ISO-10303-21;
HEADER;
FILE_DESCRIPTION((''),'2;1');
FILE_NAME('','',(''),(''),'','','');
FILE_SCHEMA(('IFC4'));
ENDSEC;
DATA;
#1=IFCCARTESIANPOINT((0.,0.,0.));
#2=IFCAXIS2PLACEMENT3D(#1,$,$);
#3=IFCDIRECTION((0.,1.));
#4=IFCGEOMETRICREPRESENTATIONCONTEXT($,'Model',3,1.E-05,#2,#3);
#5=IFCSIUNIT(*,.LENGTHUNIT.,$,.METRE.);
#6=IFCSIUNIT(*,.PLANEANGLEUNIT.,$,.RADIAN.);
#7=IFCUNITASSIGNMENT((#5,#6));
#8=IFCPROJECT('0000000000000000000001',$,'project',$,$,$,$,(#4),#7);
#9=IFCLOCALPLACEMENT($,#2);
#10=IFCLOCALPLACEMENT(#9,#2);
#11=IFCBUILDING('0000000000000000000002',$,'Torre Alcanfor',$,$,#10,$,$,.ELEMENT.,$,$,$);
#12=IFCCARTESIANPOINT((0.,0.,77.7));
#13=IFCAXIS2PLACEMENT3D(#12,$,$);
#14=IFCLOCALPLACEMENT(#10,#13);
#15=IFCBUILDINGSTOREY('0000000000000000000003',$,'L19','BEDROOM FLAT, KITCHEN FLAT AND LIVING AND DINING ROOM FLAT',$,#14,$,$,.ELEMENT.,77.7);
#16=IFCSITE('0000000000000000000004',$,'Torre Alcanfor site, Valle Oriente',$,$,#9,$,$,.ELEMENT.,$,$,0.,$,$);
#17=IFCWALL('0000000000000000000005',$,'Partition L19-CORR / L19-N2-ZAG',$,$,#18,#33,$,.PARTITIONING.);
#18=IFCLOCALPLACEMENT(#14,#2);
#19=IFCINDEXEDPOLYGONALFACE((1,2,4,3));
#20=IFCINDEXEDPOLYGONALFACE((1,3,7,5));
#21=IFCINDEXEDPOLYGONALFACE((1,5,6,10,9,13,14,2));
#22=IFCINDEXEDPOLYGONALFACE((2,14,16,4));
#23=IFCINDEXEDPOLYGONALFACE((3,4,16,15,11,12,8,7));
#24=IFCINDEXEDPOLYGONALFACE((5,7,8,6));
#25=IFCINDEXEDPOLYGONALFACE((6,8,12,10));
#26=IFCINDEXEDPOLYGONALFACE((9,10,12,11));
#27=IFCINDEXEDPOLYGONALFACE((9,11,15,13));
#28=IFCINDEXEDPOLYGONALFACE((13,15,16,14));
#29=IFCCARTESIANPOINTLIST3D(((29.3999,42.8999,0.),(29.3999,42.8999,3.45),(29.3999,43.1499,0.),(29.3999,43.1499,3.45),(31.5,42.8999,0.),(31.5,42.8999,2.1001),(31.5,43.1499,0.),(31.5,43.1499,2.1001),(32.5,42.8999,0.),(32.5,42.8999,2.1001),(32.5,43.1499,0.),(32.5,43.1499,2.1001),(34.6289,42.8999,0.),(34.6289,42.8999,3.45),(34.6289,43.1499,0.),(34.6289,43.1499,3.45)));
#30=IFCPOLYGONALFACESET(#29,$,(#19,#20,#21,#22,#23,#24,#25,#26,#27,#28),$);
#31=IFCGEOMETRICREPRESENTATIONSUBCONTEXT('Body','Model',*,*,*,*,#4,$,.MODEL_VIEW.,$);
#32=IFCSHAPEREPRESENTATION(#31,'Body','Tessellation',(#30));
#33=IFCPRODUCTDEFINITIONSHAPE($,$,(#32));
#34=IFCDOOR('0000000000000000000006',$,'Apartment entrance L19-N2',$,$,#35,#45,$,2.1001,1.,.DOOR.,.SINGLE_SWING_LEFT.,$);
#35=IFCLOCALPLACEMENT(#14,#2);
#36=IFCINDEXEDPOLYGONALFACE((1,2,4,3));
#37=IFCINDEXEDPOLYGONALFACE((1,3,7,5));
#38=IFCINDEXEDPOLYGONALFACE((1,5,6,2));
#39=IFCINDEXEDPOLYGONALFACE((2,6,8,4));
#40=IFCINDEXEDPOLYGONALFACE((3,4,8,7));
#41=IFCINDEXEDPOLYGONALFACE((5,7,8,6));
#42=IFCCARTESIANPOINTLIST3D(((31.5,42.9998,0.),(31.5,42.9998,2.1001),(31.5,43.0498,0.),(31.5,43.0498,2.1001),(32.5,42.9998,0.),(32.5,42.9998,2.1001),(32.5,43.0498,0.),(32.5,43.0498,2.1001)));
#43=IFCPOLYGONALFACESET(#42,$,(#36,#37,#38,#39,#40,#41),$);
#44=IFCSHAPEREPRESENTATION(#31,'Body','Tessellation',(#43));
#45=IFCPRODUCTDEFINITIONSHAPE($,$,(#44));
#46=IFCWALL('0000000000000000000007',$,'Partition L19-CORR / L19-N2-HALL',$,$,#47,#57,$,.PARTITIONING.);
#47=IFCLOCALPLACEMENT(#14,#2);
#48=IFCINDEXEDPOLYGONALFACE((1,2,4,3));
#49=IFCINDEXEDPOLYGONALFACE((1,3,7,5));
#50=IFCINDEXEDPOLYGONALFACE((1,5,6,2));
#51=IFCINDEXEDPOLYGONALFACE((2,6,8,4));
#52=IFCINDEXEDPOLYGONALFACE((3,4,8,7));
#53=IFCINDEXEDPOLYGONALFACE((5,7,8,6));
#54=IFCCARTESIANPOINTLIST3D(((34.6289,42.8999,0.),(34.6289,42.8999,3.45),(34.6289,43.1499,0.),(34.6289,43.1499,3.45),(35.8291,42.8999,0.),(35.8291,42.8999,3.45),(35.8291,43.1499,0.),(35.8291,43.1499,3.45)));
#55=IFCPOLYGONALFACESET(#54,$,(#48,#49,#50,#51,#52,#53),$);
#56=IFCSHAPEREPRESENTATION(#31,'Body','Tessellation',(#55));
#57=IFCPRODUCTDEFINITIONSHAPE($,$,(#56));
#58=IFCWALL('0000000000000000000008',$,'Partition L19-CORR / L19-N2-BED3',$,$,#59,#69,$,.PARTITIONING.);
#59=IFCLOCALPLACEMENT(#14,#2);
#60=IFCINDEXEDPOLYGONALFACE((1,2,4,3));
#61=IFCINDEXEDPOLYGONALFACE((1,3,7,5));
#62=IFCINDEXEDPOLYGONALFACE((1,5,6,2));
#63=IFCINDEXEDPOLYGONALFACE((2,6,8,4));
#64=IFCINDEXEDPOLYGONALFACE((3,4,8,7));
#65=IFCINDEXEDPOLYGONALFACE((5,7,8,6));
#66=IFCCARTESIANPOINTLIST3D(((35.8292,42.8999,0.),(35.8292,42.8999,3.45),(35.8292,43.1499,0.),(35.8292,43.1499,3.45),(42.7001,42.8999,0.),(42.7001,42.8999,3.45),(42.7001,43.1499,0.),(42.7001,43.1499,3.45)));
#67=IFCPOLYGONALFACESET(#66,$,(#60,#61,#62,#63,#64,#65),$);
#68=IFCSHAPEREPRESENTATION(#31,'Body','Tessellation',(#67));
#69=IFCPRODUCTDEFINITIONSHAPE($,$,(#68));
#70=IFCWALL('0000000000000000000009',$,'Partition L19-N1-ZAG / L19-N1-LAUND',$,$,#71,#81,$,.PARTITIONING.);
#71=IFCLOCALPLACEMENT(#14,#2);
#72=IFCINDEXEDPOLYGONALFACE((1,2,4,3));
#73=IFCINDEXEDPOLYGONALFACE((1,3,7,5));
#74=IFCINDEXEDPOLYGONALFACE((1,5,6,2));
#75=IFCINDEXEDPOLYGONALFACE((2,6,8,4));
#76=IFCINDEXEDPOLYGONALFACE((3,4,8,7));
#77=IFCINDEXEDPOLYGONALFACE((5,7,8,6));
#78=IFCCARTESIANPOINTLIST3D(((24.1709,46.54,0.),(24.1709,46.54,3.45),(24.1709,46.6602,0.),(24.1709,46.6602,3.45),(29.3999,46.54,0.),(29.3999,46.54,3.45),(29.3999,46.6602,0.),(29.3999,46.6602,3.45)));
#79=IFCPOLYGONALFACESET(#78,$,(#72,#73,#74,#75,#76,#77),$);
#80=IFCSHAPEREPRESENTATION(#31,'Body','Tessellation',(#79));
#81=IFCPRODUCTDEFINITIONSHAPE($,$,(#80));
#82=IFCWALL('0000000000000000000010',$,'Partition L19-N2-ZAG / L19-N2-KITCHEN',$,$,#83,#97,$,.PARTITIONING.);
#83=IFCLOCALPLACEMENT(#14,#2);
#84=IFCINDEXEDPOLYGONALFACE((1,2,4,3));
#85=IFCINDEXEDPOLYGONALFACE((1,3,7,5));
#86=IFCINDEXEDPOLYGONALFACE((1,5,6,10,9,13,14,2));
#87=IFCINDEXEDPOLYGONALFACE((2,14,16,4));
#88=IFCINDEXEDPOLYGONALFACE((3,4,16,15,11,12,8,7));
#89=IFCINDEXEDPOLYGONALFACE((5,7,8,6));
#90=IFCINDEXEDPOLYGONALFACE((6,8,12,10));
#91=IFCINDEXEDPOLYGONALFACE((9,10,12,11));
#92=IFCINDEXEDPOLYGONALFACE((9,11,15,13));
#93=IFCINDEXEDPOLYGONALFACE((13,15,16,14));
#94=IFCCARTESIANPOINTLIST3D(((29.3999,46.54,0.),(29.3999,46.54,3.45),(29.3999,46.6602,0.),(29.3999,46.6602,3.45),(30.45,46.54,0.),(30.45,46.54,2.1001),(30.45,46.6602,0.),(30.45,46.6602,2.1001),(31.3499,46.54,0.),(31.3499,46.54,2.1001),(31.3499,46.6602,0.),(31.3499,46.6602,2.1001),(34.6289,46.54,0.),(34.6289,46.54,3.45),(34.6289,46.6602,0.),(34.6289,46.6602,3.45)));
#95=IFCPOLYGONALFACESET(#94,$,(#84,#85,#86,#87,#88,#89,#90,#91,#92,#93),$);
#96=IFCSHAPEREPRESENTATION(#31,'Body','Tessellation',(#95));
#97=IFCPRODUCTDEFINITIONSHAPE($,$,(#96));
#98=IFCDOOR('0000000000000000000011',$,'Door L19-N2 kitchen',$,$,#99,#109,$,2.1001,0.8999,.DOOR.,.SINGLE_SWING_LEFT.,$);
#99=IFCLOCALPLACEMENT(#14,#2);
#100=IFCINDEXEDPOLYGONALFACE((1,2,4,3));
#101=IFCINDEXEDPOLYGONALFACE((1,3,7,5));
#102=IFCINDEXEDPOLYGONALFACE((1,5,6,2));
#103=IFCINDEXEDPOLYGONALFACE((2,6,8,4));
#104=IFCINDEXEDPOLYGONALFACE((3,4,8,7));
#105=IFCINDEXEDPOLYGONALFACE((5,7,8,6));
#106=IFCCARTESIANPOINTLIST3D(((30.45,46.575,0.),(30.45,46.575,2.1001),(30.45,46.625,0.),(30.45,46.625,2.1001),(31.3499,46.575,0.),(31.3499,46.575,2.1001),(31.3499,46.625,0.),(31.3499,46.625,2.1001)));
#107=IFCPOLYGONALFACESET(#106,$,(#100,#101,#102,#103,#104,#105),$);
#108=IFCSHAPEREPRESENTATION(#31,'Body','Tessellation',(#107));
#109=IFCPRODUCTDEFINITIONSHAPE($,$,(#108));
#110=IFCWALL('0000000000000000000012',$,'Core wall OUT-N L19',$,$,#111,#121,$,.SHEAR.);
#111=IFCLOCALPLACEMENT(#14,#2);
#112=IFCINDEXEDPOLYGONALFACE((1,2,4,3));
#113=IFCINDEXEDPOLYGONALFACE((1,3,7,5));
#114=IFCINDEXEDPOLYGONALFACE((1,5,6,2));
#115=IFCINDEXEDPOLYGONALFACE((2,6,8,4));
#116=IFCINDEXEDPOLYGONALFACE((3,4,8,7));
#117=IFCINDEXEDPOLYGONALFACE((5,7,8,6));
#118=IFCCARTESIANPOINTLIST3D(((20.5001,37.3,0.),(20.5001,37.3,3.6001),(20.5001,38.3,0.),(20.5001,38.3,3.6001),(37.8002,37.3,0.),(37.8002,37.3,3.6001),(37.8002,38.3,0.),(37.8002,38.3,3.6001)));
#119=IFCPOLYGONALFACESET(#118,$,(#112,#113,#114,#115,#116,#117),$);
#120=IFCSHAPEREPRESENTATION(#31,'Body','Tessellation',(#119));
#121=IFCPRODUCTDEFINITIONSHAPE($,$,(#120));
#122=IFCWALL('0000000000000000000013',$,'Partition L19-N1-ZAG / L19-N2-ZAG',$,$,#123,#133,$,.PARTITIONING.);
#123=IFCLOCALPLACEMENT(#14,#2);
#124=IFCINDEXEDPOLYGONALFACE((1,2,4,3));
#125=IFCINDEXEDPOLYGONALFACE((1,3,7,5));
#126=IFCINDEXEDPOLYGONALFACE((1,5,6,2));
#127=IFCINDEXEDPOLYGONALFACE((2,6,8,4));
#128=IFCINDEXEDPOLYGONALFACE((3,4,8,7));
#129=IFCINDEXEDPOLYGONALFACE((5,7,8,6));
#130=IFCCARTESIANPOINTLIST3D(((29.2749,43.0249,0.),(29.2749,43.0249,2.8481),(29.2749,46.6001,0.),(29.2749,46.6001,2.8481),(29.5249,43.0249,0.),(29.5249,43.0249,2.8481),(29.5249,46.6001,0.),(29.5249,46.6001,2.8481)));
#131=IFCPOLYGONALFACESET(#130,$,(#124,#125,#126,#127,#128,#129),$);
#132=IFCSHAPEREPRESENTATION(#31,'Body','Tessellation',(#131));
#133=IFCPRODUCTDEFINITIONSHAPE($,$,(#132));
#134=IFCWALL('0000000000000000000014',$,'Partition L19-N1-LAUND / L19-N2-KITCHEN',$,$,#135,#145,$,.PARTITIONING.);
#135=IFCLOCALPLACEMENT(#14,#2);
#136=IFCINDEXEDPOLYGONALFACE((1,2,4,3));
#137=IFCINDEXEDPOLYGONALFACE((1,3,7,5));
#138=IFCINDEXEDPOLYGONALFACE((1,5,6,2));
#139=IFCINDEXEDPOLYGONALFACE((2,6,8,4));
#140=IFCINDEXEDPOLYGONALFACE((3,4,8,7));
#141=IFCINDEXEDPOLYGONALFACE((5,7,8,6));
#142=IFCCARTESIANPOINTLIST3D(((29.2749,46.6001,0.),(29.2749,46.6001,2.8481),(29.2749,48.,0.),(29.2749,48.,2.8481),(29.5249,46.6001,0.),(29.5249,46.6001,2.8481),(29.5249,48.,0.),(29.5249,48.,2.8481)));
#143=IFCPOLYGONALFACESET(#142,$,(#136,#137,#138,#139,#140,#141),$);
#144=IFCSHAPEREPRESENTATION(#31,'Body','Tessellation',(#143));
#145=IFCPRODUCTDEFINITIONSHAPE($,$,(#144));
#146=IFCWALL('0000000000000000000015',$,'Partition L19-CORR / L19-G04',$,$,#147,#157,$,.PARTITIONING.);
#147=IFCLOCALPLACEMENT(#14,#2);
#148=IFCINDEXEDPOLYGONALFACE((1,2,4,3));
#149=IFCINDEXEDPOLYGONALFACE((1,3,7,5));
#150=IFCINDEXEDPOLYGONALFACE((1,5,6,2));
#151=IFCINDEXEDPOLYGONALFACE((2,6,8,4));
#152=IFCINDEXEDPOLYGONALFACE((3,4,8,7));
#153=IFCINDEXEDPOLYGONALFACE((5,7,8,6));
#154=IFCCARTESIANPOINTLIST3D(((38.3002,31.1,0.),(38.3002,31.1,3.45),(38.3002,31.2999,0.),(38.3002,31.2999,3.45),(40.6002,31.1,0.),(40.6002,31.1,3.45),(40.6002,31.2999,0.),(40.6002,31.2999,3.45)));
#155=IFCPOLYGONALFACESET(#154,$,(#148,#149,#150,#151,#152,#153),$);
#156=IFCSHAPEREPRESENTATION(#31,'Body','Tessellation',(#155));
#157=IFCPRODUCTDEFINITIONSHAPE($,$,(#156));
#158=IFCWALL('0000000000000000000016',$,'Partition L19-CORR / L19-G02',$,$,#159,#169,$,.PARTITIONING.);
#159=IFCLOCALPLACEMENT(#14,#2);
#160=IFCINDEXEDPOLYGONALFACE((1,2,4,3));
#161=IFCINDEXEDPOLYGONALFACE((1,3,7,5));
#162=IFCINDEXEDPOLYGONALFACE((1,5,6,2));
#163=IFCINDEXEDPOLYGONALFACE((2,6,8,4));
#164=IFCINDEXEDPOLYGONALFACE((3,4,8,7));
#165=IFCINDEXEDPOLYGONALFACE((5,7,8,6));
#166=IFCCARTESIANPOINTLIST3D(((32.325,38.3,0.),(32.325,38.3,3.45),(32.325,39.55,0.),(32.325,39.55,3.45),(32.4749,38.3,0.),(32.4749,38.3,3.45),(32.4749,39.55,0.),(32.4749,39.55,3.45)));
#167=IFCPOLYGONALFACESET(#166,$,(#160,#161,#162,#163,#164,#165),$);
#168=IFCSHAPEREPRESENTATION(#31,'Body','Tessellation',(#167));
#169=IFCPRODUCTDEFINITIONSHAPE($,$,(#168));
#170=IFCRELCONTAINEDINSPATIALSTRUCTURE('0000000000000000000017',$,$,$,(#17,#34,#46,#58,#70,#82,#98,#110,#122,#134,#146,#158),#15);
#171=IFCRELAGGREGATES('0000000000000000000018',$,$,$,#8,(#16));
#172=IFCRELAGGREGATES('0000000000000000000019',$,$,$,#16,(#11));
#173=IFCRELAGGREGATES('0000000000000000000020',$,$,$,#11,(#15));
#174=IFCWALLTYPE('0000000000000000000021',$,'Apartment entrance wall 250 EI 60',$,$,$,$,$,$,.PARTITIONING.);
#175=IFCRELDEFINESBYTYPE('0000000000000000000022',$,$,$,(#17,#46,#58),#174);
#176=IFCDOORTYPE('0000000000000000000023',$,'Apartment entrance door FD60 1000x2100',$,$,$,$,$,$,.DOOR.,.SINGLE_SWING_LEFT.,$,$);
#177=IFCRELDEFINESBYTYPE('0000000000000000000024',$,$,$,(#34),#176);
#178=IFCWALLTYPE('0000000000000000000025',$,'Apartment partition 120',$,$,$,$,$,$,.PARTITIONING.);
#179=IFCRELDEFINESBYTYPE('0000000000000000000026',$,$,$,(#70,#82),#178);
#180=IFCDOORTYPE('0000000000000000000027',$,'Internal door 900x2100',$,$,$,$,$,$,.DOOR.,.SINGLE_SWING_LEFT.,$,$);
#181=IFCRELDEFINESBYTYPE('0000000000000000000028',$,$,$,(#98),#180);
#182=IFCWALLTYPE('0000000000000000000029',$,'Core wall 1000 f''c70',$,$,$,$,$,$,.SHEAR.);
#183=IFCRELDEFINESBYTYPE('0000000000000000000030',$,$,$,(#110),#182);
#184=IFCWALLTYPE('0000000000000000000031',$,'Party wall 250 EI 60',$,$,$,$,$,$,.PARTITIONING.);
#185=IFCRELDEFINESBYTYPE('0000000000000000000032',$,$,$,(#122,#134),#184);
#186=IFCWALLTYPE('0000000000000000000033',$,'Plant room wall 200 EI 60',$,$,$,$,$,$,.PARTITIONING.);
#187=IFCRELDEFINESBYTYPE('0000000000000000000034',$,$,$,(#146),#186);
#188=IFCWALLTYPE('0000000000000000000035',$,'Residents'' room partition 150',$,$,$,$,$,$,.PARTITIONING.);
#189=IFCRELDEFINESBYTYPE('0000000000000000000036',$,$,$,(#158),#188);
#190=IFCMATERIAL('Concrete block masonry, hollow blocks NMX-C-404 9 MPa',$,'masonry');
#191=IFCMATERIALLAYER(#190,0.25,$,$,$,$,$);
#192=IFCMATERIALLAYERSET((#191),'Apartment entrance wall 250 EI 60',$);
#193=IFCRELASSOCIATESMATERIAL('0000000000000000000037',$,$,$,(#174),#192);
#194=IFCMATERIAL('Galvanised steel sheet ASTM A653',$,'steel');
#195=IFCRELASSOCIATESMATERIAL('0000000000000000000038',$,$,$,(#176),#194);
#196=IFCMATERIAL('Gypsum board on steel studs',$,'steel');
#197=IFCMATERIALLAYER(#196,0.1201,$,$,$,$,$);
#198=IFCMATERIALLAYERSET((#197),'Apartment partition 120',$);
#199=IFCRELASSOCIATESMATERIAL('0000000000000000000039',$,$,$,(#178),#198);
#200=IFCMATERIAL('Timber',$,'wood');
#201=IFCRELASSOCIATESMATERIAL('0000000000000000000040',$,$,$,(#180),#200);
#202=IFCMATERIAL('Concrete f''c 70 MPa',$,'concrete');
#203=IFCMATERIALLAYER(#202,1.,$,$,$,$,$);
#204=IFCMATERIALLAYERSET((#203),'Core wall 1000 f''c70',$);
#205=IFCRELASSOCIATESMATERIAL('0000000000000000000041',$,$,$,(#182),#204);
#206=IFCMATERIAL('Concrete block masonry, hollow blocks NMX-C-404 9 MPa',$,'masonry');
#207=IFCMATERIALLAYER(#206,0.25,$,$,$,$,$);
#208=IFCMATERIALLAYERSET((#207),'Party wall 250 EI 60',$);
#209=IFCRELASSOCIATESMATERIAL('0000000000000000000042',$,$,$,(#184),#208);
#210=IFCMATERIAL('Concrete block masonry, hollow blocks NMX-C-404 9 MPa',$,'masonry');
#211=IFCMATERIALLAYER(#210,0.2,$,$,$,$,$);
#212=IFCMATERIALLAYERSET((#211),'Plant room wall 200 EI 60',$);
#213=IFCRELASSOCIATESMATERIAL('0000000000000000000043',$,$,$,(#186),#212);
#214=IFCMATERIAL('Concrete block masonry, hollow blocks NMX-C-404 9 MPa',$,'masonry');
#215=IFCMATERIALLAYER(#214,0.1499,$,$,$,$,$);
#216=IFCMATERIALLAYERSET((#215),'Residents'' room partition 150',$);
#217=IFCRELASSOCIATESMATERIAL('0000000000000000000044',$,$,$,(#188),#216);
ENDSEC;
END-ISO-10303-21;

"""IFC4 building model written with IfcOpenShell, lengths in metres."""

from ifc_helpers import new_model, si_unit, direction, frame, frame_2d, origin, place, context, subcontext, project, spatial, rectangle, extrude, material, layer, layer_set, type_object, element, fill, save


model = new_model("IFC4")

# Units and contexts
model_context = context("Model", 3, precision=1e-05, world=origin(), true_north=direction((0.0, 1.0)))
body_context = subcontext(model_context, "Body", "Model", "MODEL_VIEW")
ifc_project = project(units=[si_unit("LENGTHUNIT", "METRE"), si_unit("PLANEANGLEUNIT", "RADIAN")], contexts=[model_context])

# Site, building, storey
site_placement = place(None, origin())
site = spatial("IfcSite", under=ifc_project, at=site_placement, Name="Torre Alcanfor site, Valle Oriente", CompositionType="ELEMENT", RefElevation=0.0)
building_placement = place(site_placement, origin())
building = spatial("IfcBuilding", under=site, at=building_placement, Name="Torre Alcanfor", CompositionType="ELEMENT")
storey_placement = place(building_placement, frame((0.0, 0.0, 77.7)))
storey = spatial("IfcBuildingStorey", under=building, at=storey_placement, Name="L19", Description="BEDROOM FLAT, KITCHEN FLAT AND LIVING AND DINING ROOM FLAT", CompositionType="ELEMENT", Elevation=77.7)

# Wall, opening, door
ifc_material_1 = material(Name="Concrete block masonry, hollow blocks NMX-C-404 9 MPa", Category="masonry")
ifc_layer_1 = layer(ifc_material_1, 0.25)
ifc_layer_set_1 = layer_set([ifc_layer_1], Name="Apartment entrance wall 250 EI 60")
wall_type_1 = type_object("IfcWallType", Name="Apartment entrance wall 250 EI 60", PredefinedType="PARTITIONING", material=ifc_layer_set_1)
wall_1_placement = place(storey_placement, frame((29.3999, 43.0249, 0.0), z_axis=(0.0, 0.0, 1.0), x_axis=(1.0, 0.0, 0.0)))
wall_1 = element("IfcWall", 1, at=wall_1_placement, inside=storey, type_object=wall_type_1, Name="Partition L19-CORR / L19-N2-ZAG", PredefinedType="PARTITIONING", context=body_context, shape_type="SweptSolid", body=[
    extrude(rectangle(XDim=5.229, YDim=0.25, at=frame_2d((2.6145, 0.0))), origin(), (0.0, 0.0, 1.0), 3.45),
])
opening_1_placement = place(wall_1_placement, frame((2.1001, 0.0, 0.0)))
opening_1 = element("IfcOpeningElement", 2, at=opening_1_placement, cuts=wall_1, PredefinedType="OPENING", context=body_context, shape_type="SweptSolid", body=[
    extrude(rectangle(XDim=1.0, YDim=2.1001, at=frame_2d((0.5, 1.05))), frame((0.0, 0.135, 0.0), z_axis=(0.0, -1.0, 0.0), x_axis=(1.0, 0.0, 0.0)), (0.0, 0.0, 1.0), 0.27),
])
ifc_material_2 = material(Name="Galvanised steel sheet ASTM A653", Category="steel")
door_type_1 = type_object("IfcDoorType", Name="Apartment entrance door FD60 1000x2100", OperationType="SINGLE_SWING_LEFT", PredefinedType="DOOR", material=ifc_material_2)
door_1_placement = place(opening_1_placement, origin())
door_1 = element("IfcDoor", 3, at=door_1_placement, inside=storey, type_object=door_type_1, Name="Apartment entrance L19-N2", OperationType="SINGLE_SWING_LEFT", OverallHeight=2.1001, OverallWidth=1.0, PredefinedType="DOOR", context=body_context, shape_type="SweptSolid", body=[
    extrude(rectangle(XDim=1.0, YDim=2.1001, at=frame_2d((0.5, 1.05))), frame((0.0, 0.0249, 0.0), z_axis=(0.0, -1.0, 0.0), x_axis=(1.0, 0.0, 0.0)), (0.0, 0.0, 1.0), 0.05),
])
fill(opening_1, door_1)

# Walls
wall_2_placement = place(storey_placement, frame((34.6289, 43.0249, 0.0), z_axis=(0.0, 0.0, 1.0), x_axis=(1.0, 0.0, 0.0)))
element("IfcWall", 4, at=wall_2_placement, inside=storey, type_object=wall_type_1, Name="Partition L19-CORR / L19-N2-HALL", PredefinedType="PARTITIONING", context=body_context, shape_type="SweptSolid", body=[
    extrude(rectangle(XDim=1.2002, YDim=0.25, at=frame_2d((0.6001, 0.0))), origin(), (0.0, 0.0, 1.0), 3.45),
])
wall_3_placement = place(storey_placement, frame((35.8291, 43.0249, 0.0), z_axis=(0.0, 0.0, 1.0), x_axis=(1.0, 0.0, 0.0)))
element("IfcWall", 5, at=wall_3_placement, inside=storey, type_object=wall_type_1, Name="Partition L19-CORR / L19-N2-BED3", PredefinedType="PARTITIONING", context=body_context, shape_type="SweptSolid", body=[
    extrude(rectangle(XDim=6.8708, YDim=0.25, at=frame_2d((3.4355, 0.0))), origin(), (0.0, 0.0, 1.0), 3.45),
])
ifc_material_3 = material(Name="Gypsum board on steel studs", Category="steel")
ifc_layer_2 = layer(ifc_material_3, 0.1201)
ifc_layer_set_2 = layer_set([ifc_layer_2], Name="Apartment partition 120")
wall_type_2 = type_object("IfcWallType", Name="Apartment partition 120", PredefinedType="PARTITIONING", material=ifc_layer_set_2)
wall_4_placement = place(storey_placement, frame((29.3999, 46.6001, 0.0), z_axis=(0.0, 0.0, 1.0), x_axis=(-1.0, 0.0, 0.0)))
element("IfcWall", 6, at=wall_4_placement, inside=storey, type_object=wall_type_2, Name="Partition L19-N1-ZAG / L19-N1-LAUND", PredefinedType="PARTITIONING", context=body_context, shape_type="SweptSolid", body=[
    extrude(rectangle(XDim=5.229, YDim=0.1201, at=frame_2d((2.6145, 0.0))), origin(), (0.0, 0.0, 1.0), 3.45),
])

# Wall, opening, door
wall_5_placement = place(storey_placement, frame((29.3999, 46.6001, 0.0), z_axis=(0.0, 0.0, 1.0), x_axis=(1.0, 0.0, 0.0)))
wall_5 = element("IfcWall", 7, at=wall_5_placement, inside=storey, type_object=wall_type_2, Name="Partition L19-N2-ZAG / L19-N2-KITCHEN", PredefinedType="PARTITIONING", context=body_context, shape_type="SweptSolid", body=[
    extrude(rectangle(XDim=5.229, YDim=0.1201, at=frame_2d((2.6145, 0.0))), origin(), (0.0, 0.0, 1.0), 3.45),
])
opening_2_placement = place(wall_5_placement, frame((1.05, 0.0, 0.0)))
opening_2 = element("IfcOpeningElement", 8, at=opening_2_placement, cuts=wall_5, PredefinedType="OPENING", context=body_context, shape_type="SweptSolid", body=[
    extrude(rectangle(XDim=0.8999, YDim=2.1001, at=frame_2d((0.45, 1.05))), frame((0.0, 0.0701, 0.0), z_axis=(0.0, -1.0, 0.0), x_axis=(1.0, 0.0, 0.0)), (0.0, 0.0, 1.0), 0.1401),
])
ifc_material_4 = material(Name="Timber", Category="wood")
door_type_2 = type_object("IfcDoorType", Name="Internal door 900x2100", OperationType="SINGLE_SWING_LEFT", PredefinedType="DOOR", material=ifc_material_4)
door_2_placement = place(opening_2_placement, origin())
door_2 = element("IfcDoor", 9, at=door_2_placement, inside=storey, type_object=door_type_2, Name="Door L19-N2 kitchen", OperationType="SINGLE_SWING_LEFT", OverallHeight=2.1001, OverallWidth=0.8999, PredefinedType="DOOR", context=body_context, shape_type="SweptSolid", body=[
    extrude(rectangle(XDim=0.8999, YDim=2.1001, at=frame_2d((0.45, 1.05))), frame((0.0, 0.0249, 0.0), z_axis=(0.0, -1.0, 0.0), x_axis=(1.0, 0.0, 0.0)), (0.0, 0.0, 1.0), 0.05),
])
fill(opening_2, door_2)

# Walls
ifc_material_5 = material(Name="Concrete f'c 70 MPa", Category="concrete")
ifc_layer_3 = layer(ifc_material_5, 1.0)
ifc_layer_set_3 = layer_set([ifc_layer_3], Name="Core wall 1000 f'c70")
wall_type_3 = type_object("IfcWallType", Name="Core wall 1000 f'c70", PredefinedType="SHEAR", material=ifc_layer_set_3)
wall_6_placement = place(storey_placement, frame((37.8, 37.8, 0.0), z_axis=(0.0, 0.0, 1.0), x_axis=(-1.0, 0.0, 0.0)))
element("IfcWall", 10, at=wall_6_placement, inside=storey, type_object=wall_type_3, Name="Core wall OUT-N L19", PredefinedType="SHEAR", context=body_context, shape_type="SweptSolid", body=[
    extrude(rectangle(XDim=17.3, YDim=1.0, at=frame_2d((8.6499, 0.0))), origin(), (0.0, 0.0, 1.0), 3.6001),
])
ifc_material_6 = material(Name="Concrete block masonry, hollow blocks NMX-C-404 9 MPa", Category="masonry")
ifc_layer_4 = layer(ifc_material_6, 0.25)
ifc_layer_set_4 = layer_set([ifc_layer_4], Name="Party wall 250 EI 60")
wall_type_4 = type_object("IfcWallType", Name="Party wall 250 EI 60", PredefinedType="PARTITIONING", material=ifc_layer_set_4)
wall_7_placement = place(storey_placement, frame((29.3999, 43.0249, 0.0), z_axis=(0.0, 0.0, 1.0), x_axis=(0.0, 1.0, 0.0)))
element("IfcWall", 11, at=wall_7_placement, inside=storey, type_object=wall_type_4, Name="Partition L19-N1-ZAG / L19-N2-ZAG", PredefinedType="PARTITIONING", context=body_context, shape_type="SweptSolid", body=[
    extrude(rectangle(XDim=3.5752, YDim=0.25, at=frame_2d((1.7876, 0.0))), origin(), (0.0, 0.0, 1.0), 2.8481),
])
wall_8_placement = place(storey_placement, frame((29.3999, 46.6001, 0.0), z_axis=(0.0, 0.0, 1.0), x_axis=(0.0, 1.0, 0.0)))
element("IfcWall", 12, at=wall_8_placement, inside=storey, type_object=wall_type_4, Name="Partition L19-N1-LAUND / L19-N2-KITCHEN", PredefinedType="PARTITIONING", context=body_context, shape_type="SweptSolid", body=[
    extrude(rectangle(XDim=1.3999, YDim=0.25, at=frame_2d((0.7, 0.0))), origin(), (0.0, 0.0, 1.0), 2.8481),
])
ifc_material_7 = material(Name="Concrete block masonry, hollow blocks NMX-C-404 9 MPa", Category="masonry")
ifc_layer_5 = layer(ifc_material_7, 0.2)
ifc_layer_set_5 = layer_set([ifc_layer_5], Name="Plant room wall 200 EI 60")
wall_type_5 = type_object("IfcWallType", Name="Plant room wall 200 EI 60", PredefinedType="PARTITIONING", material=ifc_layer_set_5)
wall_9_placement = place(storey_placement, frame((40.6001, 31.2, 0.0), z_axis=(0.0, 0.0, 1.0), x_axis=(-1.0, 0.0, 0.0)))
element("IfcWall", 13, at=wall_9_placement, inside=storey, type_object=wall_type_5, Name="Partition L19-CORR / L19-G04", PredefinedType="PARTITIONING", context=body_context, shape_type="SweptSolid", body=[
    extrude(rectangle(XDim=2.3, YDim=0.2, at=frame_2d((1.1499, 0.0))), origin(), (0.0, 0.0, 1.0), 3.45),
])
ifc_material_8 = material(Name="Concrete block masonry, hollow blocks NMX-C-404 9 MPa", Category="masonry")
ifc_layer_6 = layer(ifc_material_8, 0.1499)
ifc_layer_set_6 = layer_set([ifc_layer_6], Name="Residents' room partition 150")
wall_type_6 = type_object("IfcWallType", Name="Residents' room partition 150", PredefinedType="PARTITIONING", material=ifc_layer_set_6)
wall_10_placement = place(storey_placement, frame((32.3999, 38.3, 0.0), z_axis=(0.0, 0.0, 1.0), x_axis=(0.0, 1.0, 0.0)))
element("IfcWall", 14, at=wall_10_placement, inside=storey, type_object=wall_type_6, Name="Partition L19-CORR / L19-G02", PredefinedType="PARTITIONING", context=body_context, shape_type="SweptSolid", body=[
    extrude(rectangle(XDim=1.25, YDim=0.1499, at=frame_2d((0.625, 0.0))), origin(), (0.0, 0.0, 1.0), 3.45),
])

save(model, "model.ifc")
